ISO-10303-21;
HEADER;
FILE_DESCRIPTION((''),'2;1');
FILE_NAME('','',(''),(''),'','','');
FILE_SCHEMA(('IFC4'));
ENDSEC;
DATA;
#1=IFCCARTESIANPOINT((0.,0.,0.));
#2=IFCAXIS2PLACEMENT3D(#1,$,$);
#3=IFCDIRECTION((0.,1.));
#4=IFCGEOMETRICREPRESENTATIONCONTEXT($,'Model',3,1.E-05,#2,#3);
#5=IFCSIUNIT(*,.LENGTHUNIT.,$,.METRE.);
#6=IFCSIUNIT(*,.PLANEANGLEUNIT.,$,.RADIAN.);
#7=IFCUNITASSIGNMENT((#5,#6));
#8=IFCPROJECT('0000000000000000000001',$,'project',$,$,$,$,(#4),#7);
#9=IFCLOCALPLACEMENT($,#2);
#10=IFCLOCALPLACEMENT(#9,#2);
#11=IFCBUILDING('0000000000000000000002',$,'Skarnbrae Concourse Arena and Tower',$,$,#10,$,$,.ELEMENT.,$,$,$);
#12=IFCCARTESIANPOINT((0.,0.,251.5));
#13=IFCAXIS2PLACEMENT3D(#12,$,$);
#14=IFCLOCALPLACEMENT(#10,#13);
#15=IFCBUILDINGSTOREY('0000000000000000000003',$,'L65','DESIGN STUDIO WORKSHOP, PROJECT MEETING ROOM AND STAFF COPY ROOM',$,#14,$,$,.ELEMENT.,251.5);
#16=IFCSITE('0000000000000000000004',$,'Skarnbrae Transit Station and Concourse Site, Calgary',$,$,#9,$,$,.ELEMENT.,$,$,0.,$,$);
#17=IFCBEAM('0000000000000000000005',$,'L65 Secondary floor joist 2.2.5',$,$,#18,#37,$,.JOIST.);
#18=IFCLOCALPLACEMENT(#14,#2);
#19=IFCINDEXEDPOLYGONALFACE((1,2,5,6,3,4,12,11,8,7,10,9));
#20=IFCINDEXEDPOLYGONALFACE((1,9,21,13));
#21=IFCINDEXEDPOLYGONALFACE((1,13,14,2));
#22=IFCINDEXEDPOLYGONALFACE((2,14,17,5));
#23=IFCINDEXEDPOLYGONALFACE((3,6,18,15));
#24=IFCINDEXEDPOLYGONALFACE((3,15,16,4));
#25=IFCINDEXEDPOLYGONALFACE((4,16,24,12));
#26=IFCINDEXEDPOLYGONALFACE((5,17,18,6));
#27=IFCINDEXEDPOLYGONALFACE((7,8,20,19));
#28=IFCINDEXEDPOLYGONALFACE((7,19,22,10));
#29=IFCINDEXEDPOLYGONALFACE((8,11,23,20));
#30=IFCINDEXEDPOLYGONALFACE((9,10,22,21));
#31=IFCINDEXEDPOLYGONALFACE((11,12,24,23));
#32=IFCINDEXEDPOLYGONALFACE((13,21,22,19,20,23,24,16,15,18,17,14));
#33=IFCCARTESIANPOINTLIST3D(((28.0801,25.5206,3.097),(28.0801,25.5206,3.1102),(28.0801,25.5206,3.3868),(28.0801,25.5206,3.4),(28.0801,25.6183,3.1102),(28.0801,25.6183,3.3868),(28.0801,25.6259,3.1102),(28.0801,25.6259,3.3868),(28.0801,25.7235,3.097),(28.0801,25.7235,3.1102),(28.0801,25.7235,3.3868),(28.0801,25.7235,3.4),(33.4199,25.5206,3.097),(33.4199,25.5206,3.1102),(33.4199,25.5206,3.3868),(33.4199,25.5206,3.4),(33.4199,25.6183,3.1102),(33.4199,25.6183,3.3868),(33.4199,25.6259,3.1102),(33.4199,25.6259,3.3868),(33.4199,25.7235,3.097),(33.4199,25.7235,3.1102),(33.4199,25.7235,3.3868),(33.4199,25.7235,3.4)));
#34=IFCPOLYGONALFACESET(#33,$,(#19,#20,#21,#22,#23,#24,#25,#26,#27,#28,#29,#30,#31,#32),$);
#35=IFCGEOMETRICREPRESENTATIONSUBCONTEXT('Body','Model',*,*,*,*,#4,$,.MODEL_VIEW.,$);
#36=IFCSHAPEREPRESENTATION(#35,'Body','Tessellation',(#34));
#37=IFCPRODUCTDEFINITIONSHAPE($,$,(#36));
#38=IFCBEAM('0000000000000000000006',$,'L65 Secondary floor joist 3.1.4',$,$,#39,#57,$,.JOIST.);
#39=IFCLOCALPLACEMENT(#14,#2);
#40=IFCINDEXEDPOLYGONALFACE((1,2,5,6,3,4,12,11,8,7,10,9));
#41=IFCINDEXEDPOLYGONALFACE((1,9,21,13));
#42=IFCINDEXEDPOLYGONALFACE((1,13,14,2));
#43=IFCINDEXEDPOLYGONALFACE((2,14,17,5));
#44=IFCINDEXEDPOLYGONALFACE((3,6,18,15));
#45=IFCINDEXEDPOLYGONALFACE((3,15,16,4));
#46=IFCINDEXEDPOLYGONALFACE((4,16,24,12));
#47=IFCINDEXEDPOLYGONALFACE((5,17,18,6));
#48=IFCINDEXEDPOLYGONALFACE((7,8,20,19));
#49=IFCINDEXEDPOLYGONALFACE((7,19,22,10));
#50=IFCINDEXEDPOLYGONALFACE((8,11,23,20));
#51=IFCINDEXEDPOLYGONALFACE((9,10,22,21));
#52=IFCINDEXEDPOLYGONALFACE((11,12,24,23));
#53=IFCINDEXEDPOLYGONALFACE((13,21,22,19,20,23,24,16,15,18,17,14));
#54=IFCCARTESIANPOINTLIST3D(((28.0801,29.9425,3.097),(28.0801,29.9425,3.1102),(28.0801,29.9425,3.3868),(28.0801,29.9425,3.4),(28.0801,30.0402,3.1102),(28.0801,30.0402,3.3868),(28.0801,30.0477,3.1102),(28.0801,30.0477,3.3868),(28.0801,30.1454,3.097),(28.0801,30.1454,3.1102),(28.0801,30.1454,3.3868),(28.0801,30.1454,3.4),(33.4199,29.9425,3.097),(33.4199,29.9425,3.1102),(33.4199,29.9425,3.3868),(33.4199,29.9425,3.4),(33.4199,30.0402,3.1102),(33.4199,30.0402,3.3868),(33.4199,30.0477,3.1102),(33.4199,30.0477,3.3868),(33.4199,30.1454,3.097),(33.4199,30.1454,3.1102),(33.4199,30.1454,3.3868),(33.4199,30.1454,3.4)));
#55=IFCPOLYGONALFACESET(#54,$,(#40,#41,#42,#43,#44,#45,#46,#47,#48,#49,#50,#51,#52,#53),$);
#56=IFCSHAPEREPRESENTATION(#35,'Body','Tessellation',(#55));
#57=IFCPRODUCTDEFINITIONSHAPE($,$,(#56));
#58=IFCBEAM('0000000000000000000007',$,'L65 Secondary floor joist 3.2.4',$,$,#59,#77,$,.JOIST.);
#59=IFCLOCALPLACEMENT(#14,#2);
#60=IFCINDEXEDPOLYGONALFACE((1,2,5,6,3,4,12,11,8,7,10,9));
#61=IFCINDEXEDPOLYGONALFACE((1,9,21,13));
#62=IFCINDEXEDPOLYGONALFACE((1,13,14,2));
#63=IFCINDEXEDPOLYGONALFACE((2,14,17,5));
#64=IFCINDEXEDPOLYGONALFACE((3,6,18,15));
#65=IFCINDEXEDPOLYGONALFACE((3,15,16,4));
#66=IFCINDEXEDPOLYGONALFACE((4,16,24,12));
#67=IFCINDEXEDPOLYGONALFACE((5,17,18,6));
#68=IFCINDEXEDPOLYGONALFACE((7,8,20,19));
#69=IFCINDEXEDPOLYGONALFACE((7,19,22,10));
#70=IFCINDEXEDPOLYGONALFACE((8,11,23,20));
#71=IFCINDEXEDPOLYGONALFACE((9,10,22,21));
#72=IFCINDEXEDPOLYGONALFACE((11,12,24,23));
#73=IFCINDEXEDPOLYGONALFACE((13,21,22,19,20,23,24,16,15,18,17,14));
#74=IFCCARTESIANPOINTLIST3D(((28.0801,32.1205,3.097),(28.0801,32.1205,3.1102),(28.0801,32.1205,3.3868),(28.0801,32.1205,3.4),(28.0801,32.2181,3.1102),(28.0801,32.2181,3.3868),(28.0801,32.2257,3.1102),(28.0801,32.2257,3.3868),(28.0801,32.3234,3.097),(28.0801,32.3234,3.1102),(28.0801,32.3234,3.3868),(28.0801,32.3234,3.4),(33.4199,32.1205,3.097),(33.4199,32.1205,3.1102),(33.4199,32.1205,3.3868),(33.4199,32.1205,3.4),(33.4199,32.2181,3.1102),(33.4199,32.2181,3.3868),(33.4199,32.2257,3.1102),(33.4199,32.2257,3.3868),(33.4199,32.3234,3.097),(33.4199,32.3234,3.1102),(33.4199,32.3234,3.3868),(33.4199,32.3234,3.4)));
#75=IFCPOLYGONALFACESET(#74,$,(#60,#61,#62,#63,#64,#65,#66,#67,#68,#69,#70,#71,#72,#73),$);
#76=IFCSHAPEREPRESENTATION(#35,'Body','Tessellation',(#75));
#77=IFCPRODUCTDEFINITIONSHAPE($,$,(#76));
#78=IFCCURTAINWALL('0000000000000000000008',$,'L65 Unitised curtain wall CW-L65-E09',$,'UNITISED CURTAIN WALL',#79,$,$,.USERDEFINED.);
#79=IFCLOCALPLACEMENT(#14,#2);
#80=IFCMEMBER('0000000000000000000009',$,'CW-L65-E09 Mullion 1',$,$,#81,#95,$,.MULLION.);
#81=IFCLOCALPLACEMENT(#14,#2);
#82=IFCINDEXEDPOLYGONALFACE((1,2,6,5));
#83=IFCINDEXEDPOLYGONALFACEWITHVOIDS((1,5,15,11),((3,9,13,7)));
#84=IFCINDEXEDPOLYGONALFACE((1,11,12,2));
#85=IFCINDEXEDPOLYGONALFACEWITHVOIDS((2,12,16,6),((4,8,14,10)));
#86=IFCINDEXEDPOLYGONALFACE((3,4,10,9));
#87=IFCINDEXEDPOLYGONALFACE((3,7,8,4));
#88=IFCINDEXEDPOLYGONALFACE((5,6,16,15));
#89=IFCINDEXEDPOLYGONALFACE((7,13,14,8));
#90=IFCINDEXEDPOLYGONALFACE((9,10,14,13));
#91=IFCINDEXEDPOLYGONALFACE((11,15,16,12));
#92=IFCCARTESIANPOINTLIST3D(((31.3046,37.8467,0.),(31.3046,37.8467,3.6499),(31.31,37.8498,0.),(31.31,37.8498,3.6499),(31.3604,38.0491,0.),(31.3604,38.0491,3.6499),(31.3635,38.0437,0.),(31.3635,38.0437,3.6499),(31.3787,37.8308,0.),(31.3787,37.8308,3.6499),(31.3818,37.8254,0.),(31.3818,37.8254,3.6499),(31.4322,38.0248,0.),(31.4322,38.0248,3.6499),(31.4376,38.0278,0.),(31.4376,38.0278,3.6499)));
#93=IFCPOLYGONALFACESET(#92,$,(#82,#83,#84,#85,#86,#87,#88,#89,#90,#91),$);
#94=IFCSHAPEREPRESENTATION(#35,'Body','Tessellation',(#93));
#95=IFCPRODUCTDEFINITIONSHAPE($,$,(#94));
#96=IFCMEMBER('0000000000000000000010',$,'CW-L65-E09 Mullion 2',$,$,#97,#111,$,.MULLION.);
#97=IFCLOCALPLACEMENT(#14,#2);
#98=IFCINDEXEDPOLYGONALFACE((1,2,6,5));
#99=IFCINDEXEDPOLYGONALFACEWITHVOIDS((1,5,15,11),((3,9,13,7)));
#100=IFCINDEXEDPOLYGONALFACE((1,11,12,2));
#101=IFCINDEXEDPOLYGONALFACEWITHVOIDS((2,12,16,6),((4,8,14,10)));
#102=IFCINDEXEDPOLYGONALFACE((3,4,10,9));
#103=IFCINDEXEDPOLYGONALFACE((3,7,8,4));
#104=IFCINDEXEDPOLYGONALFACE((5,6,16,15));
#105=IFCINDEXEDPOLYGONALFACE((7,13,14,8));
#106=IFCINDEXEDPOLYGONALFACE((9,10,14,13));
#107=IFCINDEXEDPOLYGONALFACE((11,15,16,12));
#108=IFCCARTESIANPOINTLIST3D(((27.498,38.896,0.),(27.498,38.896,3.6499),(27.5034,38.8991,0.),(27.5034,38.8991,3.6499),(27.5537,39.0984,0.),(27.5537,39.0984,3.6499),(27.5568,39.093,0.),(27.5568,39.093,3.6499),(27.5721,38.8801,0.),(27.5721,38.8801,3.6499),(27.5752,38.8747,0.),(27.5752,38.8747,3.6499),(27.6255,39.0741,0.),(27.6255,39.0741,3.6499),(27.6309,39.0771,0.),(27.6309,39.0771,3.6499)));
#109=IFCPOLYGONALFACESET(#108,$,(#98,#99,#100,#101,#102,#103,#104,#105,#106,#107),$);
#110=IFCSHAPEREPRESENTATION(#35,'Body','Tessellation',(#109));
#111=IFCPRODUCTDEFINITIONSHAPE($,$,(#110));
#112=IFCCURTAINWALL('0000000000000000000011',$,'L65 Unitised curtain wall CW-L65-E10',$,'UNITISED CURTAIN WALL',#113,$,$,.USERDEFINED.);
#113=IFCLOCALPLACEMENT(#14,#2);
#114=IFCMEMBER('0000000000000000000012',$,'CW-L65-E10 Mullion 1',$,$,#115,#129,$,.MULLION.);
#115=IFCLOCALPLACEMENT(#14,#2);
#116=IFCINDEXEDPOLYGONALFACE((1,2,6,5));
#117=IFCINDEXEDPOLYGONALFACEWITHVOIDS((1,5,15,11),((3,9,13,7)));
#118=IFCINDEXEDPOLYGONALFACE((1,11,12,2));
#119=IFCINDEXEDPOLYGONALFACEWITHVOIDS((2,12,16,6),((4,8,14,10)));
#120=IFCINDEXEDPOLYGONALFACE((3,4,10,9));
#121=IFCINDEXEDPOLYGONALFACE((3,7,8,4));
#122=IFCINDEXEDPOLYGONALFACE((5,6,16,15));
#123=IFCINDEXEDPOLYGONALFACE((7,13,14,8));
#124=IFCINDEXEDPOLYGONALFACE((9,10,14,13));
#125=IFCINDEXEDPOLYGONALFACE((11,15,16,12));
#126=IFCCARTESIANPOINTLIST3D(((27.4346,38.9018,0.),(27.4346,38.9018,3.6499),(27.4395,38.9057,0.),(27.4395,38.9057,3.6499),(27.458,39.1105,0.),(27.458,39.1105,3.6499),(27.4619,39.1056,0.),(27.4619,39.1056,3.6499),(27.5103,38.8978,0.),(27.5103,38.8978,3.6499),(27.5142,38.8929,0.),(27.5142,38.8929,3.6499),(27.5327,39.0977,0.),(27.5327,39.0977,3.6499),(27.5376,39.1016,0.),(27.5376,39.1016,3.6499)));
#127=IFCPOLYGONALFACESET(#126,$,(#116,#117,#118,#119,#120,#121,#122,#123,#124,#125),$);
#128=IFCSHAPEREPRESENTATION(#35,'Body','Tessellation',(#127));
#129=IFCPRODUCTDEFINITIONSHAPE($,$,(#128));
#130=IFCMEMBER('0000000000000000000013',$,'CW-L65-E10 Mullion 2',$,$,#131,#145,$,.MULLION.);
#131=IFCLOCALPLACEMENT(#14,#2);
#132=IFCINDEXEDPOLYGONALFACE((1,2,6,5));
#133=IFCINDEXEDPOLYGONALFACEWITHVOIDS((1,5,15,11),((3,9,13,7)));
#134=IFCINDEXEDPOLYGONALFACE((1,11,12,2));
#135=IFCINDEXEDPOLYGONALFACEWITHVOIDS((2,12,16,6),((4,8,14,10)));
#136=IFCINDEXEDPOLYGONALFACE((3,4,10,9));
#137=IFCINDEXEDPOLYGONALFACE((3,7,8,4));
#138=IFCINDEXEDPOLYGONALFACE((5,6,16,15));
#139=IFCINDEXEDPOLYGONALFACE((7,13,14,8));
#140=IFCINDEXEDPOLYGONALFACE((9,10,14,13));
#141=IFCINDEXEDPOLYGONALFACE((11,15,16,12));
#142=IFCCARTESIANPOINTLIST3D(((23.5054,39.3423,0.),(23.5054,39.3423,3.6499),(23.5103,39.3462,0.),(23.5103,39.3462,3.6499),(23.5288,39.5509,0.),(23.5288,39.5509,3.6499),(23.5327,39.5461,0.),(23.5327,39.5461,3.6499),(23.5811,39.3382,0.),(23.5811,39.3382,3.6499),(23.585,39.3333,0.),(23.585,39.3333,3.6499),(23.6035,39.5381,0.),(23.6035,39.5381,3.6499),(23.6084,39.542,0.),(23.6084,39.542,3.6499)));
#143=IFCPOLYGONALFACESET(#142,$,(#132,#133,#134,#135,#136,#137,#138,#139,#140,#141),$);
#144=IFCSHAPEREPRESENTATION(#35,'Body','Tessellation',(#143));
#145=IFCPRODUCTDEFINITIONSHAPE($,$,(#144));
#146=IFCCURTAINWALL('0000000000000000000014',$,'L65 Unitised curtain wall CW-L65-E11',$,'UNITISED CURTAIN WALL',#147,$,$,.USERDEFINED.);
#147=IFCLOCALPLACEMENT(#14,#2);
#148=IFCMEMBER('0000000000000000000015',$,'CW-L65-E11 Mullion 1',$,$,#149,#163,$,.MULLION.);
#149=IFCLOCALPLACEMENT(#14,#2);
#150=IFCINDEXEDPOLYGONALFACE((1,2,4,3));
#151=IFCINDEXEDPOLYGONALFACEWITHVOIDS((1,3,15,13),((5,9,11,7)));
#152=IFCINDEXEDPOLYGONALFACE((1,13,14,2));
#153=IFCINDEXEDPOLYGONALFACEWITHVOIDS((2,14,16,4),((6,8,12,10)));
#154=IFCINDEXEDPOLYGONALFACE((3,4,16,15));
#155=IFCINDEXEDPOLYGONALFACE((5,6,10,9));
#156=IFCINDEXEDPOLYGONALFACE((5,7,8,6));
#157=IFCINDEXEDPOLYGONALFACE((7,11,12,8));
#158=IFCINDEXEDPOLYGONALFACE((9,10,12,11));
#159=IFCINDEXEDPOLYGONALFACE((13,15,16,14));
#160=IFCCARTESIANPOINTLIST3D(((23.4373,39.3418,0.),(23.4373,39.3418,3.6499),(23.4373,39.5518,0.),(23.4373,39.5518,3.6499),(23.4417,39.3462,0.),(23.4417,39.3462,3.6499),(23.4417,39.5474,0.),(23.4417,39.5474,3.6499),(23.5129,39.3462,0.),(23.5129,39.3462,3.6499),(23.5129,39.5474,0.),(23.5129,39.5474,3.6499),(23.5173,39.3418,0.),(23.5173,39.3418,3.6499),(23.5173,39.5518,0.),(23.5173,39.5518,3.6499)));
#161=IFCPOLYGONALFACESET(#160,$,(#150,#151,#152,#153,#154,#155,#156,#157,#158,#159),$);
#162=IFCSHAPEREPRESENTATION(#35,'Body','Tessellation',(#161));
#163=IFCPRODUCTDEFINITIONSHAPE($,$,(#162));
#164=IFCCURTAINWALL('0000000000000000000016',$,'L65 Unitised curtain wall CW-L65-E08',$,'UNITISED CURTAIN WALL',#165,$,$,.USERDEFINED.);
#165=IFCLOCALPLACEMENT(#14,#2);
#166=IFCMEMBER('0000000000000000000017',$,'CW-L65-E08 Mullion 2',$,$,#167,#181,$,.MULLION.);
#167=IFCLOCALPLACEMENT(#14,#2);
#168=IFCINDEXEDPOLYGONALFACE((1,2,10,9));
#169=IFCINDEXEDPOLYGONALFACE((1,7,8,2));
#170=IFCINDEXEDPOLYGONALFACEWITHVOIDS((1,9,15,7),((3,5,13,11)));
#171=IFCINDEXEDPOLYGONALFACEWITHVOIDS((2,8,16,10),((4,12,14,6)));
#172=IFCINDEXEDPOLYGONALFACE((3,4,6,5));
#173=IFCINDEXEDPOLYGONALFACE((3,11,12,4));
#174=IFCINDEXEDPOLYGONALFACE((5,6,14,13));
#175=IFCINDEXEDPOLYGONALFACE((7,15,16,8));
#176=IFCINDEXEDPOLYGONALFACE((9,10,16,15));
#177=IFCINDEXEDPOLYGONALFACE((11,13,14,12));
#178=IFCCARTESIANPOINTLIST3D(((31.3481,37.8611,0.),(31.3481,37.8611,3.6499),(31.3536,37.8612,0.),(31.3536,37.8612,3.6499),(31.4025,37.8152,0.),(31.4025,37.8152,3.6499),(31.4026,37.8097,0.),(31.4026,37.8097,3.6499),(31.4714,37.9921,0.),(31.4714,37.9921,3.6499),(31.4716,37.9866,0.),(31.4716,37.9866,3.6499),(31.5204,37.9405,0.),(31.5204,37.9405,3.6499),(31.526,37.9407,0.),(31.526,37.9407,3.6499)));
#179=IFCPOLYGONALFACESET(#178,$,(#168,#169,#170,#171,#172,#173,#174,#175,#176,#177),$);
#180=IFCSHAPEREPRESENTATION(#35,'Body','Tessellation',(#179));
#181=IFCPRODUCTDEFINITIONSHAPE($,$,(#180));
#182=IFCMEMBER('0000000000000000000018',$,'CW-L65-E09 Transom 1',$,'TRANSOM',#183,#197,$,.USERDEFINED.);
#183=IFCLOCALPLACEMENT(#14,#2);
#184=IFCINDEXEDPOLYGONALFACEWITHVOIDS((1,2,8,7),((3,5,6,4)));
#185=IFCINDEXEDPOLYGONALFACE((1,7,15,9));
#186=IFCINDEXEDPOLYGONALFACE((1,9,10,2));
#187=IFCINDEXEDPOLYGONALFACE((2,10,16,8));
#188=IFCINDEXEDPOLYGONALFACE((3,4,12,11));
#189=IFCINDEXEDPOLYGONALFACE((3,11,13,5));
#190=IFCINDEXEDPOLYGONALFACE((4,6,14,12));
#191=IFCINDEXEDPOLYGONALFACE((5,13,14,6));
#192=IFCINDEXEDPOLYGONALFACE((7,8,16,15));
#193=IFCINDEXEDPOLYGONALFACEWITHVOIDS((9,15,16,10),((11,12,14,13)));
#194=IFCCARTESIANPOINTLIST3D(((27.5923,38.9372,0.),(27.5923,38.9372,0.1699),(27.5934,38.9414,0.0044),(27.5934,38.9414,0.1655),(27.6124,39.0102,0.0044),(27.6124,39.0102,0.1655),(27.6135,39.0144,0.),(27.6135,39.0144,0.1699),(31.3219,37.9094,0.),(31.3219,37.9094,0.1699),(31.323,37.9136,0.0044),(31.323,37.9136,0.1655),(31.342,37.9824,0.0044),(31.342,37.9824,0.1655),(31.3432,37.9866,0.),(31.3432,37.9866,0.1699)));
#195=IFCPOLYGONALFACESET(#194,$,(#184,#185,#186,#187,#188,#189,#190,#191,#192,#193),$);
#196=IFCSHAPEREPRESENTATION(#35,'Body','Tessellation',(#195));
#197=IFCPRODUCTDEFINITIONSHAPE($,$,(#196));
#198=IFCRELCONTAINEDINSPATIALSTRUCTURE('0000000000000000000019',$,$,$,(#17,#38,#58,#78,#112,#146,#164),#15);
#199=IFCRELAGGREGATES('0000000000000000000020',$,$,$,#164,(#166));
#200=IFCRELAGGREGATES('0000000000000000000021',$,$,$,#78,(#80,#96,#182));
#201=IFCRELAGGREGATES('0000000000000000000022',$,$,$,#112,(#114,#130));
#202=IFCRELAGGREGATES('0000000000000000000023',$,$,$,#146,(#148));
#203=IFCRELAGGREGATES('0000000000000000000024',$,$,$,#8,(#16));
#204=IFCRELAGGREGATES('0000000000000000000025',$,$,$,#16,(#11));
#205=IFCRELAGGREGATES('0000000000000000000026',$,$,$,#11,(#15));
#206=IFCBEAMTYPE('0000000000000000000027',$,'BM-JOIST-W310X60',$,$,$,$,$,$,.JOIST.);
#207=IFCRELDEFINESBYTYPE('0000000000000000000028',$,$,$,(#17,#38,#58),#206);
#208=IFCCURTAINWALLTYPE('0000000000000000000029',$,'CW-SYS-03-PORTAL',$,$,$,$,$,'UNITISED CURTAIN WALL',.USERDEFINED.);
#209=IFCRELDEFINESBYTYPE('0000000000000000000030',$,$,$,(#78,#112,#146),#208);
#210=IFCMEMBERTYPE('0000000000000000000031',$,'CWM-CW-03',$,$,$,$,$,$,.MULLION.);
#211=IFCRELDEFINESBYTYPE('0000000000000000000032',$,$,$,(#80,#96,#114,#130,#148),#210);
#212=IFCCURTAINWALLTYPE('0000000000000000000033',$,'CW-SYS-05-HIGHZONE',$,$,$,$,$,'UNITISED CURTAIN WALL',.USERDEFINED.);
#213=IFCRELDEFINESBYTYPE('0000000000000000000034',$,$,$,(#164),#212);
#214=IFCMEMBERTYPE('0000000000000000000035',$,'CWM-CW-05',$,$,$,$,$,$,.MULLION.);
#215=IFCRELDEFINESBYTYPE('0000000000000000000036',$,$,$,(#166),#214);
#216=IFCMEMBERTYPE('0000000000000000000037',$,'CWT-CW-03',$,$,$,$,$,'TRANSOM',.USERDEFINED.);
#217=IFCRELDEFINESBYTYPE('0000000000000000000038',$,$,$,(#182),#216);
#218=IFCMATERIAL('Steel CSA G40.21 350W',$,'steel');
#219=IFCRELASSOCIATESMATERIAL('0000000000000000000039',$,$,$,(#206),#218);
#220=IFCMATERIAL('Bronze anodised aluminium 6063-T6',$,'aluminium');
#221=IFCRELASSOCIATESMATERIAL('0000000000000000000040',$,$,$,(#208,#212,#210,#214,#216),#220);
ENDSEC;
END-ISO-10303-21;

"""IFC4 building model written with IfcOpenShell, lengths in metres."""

from ifc_helpers import new_model, si_unit, direction, frame, origin, origin_2d, place, context, subcontext, project, spatial, hollow_rectangle, i_section, extrude, source, transform, mapped, material, material_profile, profile_set, type_object, element, aggregate, save


model = new_model("IFC4")

# Units and contexts
model_context = context("Model", 3, precision=1e-05, world=origin(), true_north=direction((0.0, 1.0)))
body_context = subcontext(model_context, "Body", "Model", "MODEL_VIEW")
ifc_project = project(units=[si_unit("LENGTHUNIT", "METRE"), si_unit("PLANEANGLEUNIT", "RADIAN")], contexts=[model_context])

# Site, building, storey
site_placement = place(None, origin())
site = spatial("IfcSite", under=ifc_project, at=site_placement, Name="Skarnbrae Transit Station and Concourse Site, Calgary", CompositionType="ELEMENT", RefElevation=0.0)
building_placement = place(site_placement, origin())
building = spatial("IfcBuilding", under=site, at=building_placement, Name="Skarnbrae Concourse Arena and Tower", CompositionType="ELEMENT")
storey_placement = place(building_placement, frame((0.0, 0.0, 251.5)))
storey = spatial("IfcBuildingStorey", under=building, at=storey_placement, Name="L65", Description="DESIGN STUDIO WORKSHOP, PROJECT MEETING ROOM AND STAFF COPY ROOM", CompositionType="ELEMENT", Elevation=251.5)

# Shared definitions
ifc_material_1 = material(Name="Steel CSA G40.21 350W", Category="steel")

# Beams
ifc_material_profile_1 = material_profile(ifc_material_1, i_section(OverallWidth=0.2029, OverallDepth=0.303, WebThickness=0.0076, FlangeThickness=0.0132, at=origin_2d()), Name="W310X60")
ifc_profile_set_1 = profile_set([ifc_material_profile_1], Name="Steel CSA G40.21 350W")
beam_type_1 = type_object("IfcBeamType", Name="BM-JOIST-W310X60", PredefinedType="JOIST", material=ifc_profile_set_1)
shared_shape_1 = source(origin(), body_context, "Body", "SweptSolid", [
    extrude(i_section(OverallWidth=0.2029, OverallDepth=0.303, WebThickness=0.0076, FlangeThickness=0.0132, at=origin_2d()), origin(), (0.0, 0.0, 1.0), 5.3398),
])
for number, where, z_axis, x_axis, name in (
    (1, (28.0801, 25.6221, 3.2485), (1.0, 0.0, 0.0), (0.0, 1.0, 0.0), "L65 Secondary floor joist 2.2.5"),
    (2, (28.0801, 30.0439, 3.2485), (1.0, 0.0, 0.0), (0.0, 1.0, 0.0), "L65 Secondary floor joist 3.1.4"),
    (3, (28.0801, 32.2219, 3.2485), (1.0, 0.0, 0.0), (0.0, 1.0, 0.0), "L65 Secondary floor joist 3.2.4"),
):
    element("IfcBeam", number, at=place(storey_placement, frame(where, z_axis=z_axis, x_axis=x_axis)), inside=storey, type_object=beam_type_1, Name=name, PredefinedType="JOIST", context=body_context, shape_type="MappedRepresentation", body=[
        mapped(shared_shape_1, transform((0.0, 0.0, 0.0))),
    ])

# Curtain walls, members
ifc_material_2 = material(Name="Bronze anodised aluminium 6063-T6", Category="aluminium")
curtain_wall_type_1 = type_object("IfcCurtainWallType", Name="CW-SYS-03-PORTAL", ElementType="UNITISED CURTAIN WALL", PredefinedType="USERDEFINED", material=ifc_material_2)
curtain_wall_1_placement = place(storey_placement, origin())
curtain_wall_1 = element("IfcCurtainWall", 4, at=curtain_wall_1_placement, inside=storey, type_object=curtain_wall_type_1, Name="L65 Unitised curtain wall CW-L65-E09", ObjectType="UNITISED CURTAIN WALL", PredefinedType="USERDEFINED")
ifc_material_profile_2 = material_profile(ifc_material_2, hollow_rectangle(XDim=0.0801, YDim=0.21, WallThickness=0.0044, at=origin_2d()), Name="ALU-MULL-80X210")
ifc_profile_set_2 = profile_set([ifc_material_profile_2], Name="Bronze anodised aluminium 6063-T6")
member_type_1 = type_object("IfcMemberType", Name="CWM-CW-03", PredefinedType="MULLION", material=ifc_profile_set_2)
shared_shape_2 = source(origin(), body_context, "Body", "SweptSolid", [
    extrude(hollow_rectangle(XDim=0.0801, YDim=0.21, WallThickness=0.0044, at=origin_2d()), origin(), (0.0, 0.0, 1.0), 3.6499),
])
member_1_placement = place(storey_placement, frame((31.3711, 37.9373, 0.0), z_axis=(0.0, 0.0, 1.0), x_axis=(-0.964057, 0.265694, 0.0)))
member_1 = element("IfcMember", 5, at=member_1_placement, type_object=member_type_1, Name="CW-L65-E09 Mullion 1", PredefinedType="MULLION", context=body_context, shape_type="MappedRepresentation", body=[
    mapped(shared_shape_2, transform((0.0, 0.0, 0.0))),
])
member_2_placement = place(storey_placement, frame((27.5645, 38.9866, 0.0), z_axis=(0.0, 0.0, 1.0), x_axis=(-0.964057, 0.265694, 0.0)))
member_2 = element("IfcMember", 6, at=member_2_placement, type_object=member_type_1, Name="CW-L65-E09 Mullion 2", PredefinedType="MULLION", context=body_context, shape_type="MappedRepresentation", body=[
    mapped(shared_shape_2, transform((0.0, 0.0, 0.0))),
])
curtain_wall_2_placement = place(storey_placement, origin())
curtain_wall_2 = element("IfcCurtainWall", 7, at=curtain_wall_2_placement, inside=storey, type_object=curtain_wall_type_1, Name="L65 Unitised curtain wall CW-L65-E10", ObjectType="UNITISED CURTAIN WALL", PredefinedType="USERDEFINED")
member_3_placement = place(storey_placement, frame((27.4861, 39.0017, 0.0), z_axis=(0.0, 0.0, 1.0), x_axis=(-0.993769, 0.11146, 0.0)))
member_3 = element("IfcMember", 8, at=member_3_placement, type_object=member_type_1, Name="CW-L65-E10 Mullion 1", PredefinedType="MULLION", context=body_context, shape_type="MappedRepresentation", body=[
    mapped(shared_shape_2, transform((0.0, 0.0, 0.0))),
])
member_4_placement = place(storey_placement, frame((23.5569, 39.4421, 0.0), z_axis=(0.0, 0.0, 1.0), x_axis=(-0.993769, 0.11146, 0.0)))
member_4 = element("IfcMember", 9, at=member_4_placement, type_object=member_type_1, Name="CW-L65-E10 Mullion 2", PredefinedType="MULLION", context=body_context, shape_type="MappedRepresentation", body=[
    mapped(shared_shape_2, transform((0.0, 0.0, 0.0))),
])

# Curtain walls, members
curtain_wall_3_placement = place(storey_placement, origin())
curtain_wall_3 = element("IfcCurtainWall", 10, at=curtain_wall_3_placement, inside=storey, type_object=curtain_wall_type_1, Name="L65 Unitised curtain wall CW-L65-E11", ObjectType="UNITISED CURTAIN WALL", PredefinedType="USERDEFINED")
member_5_placement = place(storey_placement, frame((23.4773, 39.4468, 0.0), z_axis=(0.0, 0.0, 1.0), x_axis=(-1.0, 0.0, 0.0)))
member_5 = element("IfcMember", 11, at=member_5_placement, type_object=member_type_1, Name="CW-L65-E11 Mullion 1", PredefinedType="MULLION", context=body_context, shape_type="MappedRepresentation", body=[
    mapped(shared_shape_2, transform((0.0, 0.0, 0.0))),
])
curtain_wall_type_2 = type_object("IfcCurtainWallType", Name="CW-SYS-05-HIGHZONE", ElementType="UNITISED CURTAIN WALL", PredefinedType="USERDEFINED", material=ifc_material_2)
curtain_wall_4_placement = place(storey_placement, origin())
curtain_wall_4 = element("IfcCurtainWall", 12, at=curtain_wall_4_placement, inside=storey, type_object=curtain_wall_type_2, Name="L65 Unitised curtain wall CW-L65-E08", ObjectType="UNITISED CURTAIN WALL", PredefinedType="USERDEFINED")
ifc_material_profile_3 = material_profile(ifc_material_2, hollow_rectangle(XDim=0.075, YDim=0.1799, WallThickness=0.0039, at=origin_2d()), Name="ALU-MULL-75X180")
ifc_profile_set_3 = profile_set([ifc_material_profile_3], Name="Bronze anodised aluminium 6063-T6")
member_type_2 = type_object("IfcMemberType", Name="CWM-CW-05", PredefinedType="MULLION", material=ifc_profile_set_3)
shared_shape_3 = source(origin(), body_context, "Body", "SweptSolid", [
    extrude(hollow_rectangle(XDim=0.075, YDim=0.1799, WallThickness=0.0039, at=origin_2d()), origin(), (0.0, 0.0, 1.0), 3.6499),
])
member_6_placement = place(storey_placement, frame((31.437, 37.9009, 0.0), z_axis=(0.0, 0.0, 1.0), x_axis=(-0.728131, 0.685438, 0.0)))
member_6 = element("IfcMember", 13, at=member_6_placement, type_object=member_type_2, Name="CW-L65-E08 Mullion 2", PredefinedType="MULLION", context=body_context, shape_type="MappedRepresentation", body=[
    mapped(shared_shape_3, transform((0.0, 0.0, 0.0))),
])
aggregate(curtain_wall_4, [member_6])

# Member
ifc_material_profile_4 = material_profile(ifc_material_2, hollow_rectangle(XDim=0.0801, YDim=0.1699, WallThickness=0.0044, at=origin_2d()), Name="ALU-TRAN-80X170")
ifc_profile_set_4 = profile_set([ifc_material_profile_4], Name="Bronze anodised aluminium 6063-T6")
member_type_3 = type_object("IfcMemberType", Name="CWT-CW-03", ElementType="TRANSOM", PredefinedType="USERDEFINED", material=ifc_profile_set_4)
shared_shape_4 = source(origin(), body_context, "Body", "SweptSolid", [
    extrude(hollow_rectangle(XDim=0.0801, YDim=0.1699, WallThickness=0.0044, at=origin_2d()), origin(), (0.0, 0.0, 1.0), 3.8687),
])
member_7_placement = place(storey_placement, frame((31.3325, 37.948, 0.085), z_axis=(-0.964063, 0.265674, 0.0), x_axis=(-0.265674, -0.964063, 0.0)))
member_7 = element("IfcMember", 14, at=member_7_placement, type_object=member_type_3, Name="CW-L65-E09 Transom 1", ObjectType="TRANSOM", PredefinedType="USERDEFINED", context=body_context, shape_type="MappedRepresentation", body=[
    mapped(shared_shape_4, transform((0.0, 0.0, 0.0))),
])

aggregate(curtain_wall_1, [member_1, member_2, member_7])
aggregate(curtain_wall_2, [member_3, member_4])
aggregate(curtain_wall_3, [member_5])

save(model, "model.ifc")
